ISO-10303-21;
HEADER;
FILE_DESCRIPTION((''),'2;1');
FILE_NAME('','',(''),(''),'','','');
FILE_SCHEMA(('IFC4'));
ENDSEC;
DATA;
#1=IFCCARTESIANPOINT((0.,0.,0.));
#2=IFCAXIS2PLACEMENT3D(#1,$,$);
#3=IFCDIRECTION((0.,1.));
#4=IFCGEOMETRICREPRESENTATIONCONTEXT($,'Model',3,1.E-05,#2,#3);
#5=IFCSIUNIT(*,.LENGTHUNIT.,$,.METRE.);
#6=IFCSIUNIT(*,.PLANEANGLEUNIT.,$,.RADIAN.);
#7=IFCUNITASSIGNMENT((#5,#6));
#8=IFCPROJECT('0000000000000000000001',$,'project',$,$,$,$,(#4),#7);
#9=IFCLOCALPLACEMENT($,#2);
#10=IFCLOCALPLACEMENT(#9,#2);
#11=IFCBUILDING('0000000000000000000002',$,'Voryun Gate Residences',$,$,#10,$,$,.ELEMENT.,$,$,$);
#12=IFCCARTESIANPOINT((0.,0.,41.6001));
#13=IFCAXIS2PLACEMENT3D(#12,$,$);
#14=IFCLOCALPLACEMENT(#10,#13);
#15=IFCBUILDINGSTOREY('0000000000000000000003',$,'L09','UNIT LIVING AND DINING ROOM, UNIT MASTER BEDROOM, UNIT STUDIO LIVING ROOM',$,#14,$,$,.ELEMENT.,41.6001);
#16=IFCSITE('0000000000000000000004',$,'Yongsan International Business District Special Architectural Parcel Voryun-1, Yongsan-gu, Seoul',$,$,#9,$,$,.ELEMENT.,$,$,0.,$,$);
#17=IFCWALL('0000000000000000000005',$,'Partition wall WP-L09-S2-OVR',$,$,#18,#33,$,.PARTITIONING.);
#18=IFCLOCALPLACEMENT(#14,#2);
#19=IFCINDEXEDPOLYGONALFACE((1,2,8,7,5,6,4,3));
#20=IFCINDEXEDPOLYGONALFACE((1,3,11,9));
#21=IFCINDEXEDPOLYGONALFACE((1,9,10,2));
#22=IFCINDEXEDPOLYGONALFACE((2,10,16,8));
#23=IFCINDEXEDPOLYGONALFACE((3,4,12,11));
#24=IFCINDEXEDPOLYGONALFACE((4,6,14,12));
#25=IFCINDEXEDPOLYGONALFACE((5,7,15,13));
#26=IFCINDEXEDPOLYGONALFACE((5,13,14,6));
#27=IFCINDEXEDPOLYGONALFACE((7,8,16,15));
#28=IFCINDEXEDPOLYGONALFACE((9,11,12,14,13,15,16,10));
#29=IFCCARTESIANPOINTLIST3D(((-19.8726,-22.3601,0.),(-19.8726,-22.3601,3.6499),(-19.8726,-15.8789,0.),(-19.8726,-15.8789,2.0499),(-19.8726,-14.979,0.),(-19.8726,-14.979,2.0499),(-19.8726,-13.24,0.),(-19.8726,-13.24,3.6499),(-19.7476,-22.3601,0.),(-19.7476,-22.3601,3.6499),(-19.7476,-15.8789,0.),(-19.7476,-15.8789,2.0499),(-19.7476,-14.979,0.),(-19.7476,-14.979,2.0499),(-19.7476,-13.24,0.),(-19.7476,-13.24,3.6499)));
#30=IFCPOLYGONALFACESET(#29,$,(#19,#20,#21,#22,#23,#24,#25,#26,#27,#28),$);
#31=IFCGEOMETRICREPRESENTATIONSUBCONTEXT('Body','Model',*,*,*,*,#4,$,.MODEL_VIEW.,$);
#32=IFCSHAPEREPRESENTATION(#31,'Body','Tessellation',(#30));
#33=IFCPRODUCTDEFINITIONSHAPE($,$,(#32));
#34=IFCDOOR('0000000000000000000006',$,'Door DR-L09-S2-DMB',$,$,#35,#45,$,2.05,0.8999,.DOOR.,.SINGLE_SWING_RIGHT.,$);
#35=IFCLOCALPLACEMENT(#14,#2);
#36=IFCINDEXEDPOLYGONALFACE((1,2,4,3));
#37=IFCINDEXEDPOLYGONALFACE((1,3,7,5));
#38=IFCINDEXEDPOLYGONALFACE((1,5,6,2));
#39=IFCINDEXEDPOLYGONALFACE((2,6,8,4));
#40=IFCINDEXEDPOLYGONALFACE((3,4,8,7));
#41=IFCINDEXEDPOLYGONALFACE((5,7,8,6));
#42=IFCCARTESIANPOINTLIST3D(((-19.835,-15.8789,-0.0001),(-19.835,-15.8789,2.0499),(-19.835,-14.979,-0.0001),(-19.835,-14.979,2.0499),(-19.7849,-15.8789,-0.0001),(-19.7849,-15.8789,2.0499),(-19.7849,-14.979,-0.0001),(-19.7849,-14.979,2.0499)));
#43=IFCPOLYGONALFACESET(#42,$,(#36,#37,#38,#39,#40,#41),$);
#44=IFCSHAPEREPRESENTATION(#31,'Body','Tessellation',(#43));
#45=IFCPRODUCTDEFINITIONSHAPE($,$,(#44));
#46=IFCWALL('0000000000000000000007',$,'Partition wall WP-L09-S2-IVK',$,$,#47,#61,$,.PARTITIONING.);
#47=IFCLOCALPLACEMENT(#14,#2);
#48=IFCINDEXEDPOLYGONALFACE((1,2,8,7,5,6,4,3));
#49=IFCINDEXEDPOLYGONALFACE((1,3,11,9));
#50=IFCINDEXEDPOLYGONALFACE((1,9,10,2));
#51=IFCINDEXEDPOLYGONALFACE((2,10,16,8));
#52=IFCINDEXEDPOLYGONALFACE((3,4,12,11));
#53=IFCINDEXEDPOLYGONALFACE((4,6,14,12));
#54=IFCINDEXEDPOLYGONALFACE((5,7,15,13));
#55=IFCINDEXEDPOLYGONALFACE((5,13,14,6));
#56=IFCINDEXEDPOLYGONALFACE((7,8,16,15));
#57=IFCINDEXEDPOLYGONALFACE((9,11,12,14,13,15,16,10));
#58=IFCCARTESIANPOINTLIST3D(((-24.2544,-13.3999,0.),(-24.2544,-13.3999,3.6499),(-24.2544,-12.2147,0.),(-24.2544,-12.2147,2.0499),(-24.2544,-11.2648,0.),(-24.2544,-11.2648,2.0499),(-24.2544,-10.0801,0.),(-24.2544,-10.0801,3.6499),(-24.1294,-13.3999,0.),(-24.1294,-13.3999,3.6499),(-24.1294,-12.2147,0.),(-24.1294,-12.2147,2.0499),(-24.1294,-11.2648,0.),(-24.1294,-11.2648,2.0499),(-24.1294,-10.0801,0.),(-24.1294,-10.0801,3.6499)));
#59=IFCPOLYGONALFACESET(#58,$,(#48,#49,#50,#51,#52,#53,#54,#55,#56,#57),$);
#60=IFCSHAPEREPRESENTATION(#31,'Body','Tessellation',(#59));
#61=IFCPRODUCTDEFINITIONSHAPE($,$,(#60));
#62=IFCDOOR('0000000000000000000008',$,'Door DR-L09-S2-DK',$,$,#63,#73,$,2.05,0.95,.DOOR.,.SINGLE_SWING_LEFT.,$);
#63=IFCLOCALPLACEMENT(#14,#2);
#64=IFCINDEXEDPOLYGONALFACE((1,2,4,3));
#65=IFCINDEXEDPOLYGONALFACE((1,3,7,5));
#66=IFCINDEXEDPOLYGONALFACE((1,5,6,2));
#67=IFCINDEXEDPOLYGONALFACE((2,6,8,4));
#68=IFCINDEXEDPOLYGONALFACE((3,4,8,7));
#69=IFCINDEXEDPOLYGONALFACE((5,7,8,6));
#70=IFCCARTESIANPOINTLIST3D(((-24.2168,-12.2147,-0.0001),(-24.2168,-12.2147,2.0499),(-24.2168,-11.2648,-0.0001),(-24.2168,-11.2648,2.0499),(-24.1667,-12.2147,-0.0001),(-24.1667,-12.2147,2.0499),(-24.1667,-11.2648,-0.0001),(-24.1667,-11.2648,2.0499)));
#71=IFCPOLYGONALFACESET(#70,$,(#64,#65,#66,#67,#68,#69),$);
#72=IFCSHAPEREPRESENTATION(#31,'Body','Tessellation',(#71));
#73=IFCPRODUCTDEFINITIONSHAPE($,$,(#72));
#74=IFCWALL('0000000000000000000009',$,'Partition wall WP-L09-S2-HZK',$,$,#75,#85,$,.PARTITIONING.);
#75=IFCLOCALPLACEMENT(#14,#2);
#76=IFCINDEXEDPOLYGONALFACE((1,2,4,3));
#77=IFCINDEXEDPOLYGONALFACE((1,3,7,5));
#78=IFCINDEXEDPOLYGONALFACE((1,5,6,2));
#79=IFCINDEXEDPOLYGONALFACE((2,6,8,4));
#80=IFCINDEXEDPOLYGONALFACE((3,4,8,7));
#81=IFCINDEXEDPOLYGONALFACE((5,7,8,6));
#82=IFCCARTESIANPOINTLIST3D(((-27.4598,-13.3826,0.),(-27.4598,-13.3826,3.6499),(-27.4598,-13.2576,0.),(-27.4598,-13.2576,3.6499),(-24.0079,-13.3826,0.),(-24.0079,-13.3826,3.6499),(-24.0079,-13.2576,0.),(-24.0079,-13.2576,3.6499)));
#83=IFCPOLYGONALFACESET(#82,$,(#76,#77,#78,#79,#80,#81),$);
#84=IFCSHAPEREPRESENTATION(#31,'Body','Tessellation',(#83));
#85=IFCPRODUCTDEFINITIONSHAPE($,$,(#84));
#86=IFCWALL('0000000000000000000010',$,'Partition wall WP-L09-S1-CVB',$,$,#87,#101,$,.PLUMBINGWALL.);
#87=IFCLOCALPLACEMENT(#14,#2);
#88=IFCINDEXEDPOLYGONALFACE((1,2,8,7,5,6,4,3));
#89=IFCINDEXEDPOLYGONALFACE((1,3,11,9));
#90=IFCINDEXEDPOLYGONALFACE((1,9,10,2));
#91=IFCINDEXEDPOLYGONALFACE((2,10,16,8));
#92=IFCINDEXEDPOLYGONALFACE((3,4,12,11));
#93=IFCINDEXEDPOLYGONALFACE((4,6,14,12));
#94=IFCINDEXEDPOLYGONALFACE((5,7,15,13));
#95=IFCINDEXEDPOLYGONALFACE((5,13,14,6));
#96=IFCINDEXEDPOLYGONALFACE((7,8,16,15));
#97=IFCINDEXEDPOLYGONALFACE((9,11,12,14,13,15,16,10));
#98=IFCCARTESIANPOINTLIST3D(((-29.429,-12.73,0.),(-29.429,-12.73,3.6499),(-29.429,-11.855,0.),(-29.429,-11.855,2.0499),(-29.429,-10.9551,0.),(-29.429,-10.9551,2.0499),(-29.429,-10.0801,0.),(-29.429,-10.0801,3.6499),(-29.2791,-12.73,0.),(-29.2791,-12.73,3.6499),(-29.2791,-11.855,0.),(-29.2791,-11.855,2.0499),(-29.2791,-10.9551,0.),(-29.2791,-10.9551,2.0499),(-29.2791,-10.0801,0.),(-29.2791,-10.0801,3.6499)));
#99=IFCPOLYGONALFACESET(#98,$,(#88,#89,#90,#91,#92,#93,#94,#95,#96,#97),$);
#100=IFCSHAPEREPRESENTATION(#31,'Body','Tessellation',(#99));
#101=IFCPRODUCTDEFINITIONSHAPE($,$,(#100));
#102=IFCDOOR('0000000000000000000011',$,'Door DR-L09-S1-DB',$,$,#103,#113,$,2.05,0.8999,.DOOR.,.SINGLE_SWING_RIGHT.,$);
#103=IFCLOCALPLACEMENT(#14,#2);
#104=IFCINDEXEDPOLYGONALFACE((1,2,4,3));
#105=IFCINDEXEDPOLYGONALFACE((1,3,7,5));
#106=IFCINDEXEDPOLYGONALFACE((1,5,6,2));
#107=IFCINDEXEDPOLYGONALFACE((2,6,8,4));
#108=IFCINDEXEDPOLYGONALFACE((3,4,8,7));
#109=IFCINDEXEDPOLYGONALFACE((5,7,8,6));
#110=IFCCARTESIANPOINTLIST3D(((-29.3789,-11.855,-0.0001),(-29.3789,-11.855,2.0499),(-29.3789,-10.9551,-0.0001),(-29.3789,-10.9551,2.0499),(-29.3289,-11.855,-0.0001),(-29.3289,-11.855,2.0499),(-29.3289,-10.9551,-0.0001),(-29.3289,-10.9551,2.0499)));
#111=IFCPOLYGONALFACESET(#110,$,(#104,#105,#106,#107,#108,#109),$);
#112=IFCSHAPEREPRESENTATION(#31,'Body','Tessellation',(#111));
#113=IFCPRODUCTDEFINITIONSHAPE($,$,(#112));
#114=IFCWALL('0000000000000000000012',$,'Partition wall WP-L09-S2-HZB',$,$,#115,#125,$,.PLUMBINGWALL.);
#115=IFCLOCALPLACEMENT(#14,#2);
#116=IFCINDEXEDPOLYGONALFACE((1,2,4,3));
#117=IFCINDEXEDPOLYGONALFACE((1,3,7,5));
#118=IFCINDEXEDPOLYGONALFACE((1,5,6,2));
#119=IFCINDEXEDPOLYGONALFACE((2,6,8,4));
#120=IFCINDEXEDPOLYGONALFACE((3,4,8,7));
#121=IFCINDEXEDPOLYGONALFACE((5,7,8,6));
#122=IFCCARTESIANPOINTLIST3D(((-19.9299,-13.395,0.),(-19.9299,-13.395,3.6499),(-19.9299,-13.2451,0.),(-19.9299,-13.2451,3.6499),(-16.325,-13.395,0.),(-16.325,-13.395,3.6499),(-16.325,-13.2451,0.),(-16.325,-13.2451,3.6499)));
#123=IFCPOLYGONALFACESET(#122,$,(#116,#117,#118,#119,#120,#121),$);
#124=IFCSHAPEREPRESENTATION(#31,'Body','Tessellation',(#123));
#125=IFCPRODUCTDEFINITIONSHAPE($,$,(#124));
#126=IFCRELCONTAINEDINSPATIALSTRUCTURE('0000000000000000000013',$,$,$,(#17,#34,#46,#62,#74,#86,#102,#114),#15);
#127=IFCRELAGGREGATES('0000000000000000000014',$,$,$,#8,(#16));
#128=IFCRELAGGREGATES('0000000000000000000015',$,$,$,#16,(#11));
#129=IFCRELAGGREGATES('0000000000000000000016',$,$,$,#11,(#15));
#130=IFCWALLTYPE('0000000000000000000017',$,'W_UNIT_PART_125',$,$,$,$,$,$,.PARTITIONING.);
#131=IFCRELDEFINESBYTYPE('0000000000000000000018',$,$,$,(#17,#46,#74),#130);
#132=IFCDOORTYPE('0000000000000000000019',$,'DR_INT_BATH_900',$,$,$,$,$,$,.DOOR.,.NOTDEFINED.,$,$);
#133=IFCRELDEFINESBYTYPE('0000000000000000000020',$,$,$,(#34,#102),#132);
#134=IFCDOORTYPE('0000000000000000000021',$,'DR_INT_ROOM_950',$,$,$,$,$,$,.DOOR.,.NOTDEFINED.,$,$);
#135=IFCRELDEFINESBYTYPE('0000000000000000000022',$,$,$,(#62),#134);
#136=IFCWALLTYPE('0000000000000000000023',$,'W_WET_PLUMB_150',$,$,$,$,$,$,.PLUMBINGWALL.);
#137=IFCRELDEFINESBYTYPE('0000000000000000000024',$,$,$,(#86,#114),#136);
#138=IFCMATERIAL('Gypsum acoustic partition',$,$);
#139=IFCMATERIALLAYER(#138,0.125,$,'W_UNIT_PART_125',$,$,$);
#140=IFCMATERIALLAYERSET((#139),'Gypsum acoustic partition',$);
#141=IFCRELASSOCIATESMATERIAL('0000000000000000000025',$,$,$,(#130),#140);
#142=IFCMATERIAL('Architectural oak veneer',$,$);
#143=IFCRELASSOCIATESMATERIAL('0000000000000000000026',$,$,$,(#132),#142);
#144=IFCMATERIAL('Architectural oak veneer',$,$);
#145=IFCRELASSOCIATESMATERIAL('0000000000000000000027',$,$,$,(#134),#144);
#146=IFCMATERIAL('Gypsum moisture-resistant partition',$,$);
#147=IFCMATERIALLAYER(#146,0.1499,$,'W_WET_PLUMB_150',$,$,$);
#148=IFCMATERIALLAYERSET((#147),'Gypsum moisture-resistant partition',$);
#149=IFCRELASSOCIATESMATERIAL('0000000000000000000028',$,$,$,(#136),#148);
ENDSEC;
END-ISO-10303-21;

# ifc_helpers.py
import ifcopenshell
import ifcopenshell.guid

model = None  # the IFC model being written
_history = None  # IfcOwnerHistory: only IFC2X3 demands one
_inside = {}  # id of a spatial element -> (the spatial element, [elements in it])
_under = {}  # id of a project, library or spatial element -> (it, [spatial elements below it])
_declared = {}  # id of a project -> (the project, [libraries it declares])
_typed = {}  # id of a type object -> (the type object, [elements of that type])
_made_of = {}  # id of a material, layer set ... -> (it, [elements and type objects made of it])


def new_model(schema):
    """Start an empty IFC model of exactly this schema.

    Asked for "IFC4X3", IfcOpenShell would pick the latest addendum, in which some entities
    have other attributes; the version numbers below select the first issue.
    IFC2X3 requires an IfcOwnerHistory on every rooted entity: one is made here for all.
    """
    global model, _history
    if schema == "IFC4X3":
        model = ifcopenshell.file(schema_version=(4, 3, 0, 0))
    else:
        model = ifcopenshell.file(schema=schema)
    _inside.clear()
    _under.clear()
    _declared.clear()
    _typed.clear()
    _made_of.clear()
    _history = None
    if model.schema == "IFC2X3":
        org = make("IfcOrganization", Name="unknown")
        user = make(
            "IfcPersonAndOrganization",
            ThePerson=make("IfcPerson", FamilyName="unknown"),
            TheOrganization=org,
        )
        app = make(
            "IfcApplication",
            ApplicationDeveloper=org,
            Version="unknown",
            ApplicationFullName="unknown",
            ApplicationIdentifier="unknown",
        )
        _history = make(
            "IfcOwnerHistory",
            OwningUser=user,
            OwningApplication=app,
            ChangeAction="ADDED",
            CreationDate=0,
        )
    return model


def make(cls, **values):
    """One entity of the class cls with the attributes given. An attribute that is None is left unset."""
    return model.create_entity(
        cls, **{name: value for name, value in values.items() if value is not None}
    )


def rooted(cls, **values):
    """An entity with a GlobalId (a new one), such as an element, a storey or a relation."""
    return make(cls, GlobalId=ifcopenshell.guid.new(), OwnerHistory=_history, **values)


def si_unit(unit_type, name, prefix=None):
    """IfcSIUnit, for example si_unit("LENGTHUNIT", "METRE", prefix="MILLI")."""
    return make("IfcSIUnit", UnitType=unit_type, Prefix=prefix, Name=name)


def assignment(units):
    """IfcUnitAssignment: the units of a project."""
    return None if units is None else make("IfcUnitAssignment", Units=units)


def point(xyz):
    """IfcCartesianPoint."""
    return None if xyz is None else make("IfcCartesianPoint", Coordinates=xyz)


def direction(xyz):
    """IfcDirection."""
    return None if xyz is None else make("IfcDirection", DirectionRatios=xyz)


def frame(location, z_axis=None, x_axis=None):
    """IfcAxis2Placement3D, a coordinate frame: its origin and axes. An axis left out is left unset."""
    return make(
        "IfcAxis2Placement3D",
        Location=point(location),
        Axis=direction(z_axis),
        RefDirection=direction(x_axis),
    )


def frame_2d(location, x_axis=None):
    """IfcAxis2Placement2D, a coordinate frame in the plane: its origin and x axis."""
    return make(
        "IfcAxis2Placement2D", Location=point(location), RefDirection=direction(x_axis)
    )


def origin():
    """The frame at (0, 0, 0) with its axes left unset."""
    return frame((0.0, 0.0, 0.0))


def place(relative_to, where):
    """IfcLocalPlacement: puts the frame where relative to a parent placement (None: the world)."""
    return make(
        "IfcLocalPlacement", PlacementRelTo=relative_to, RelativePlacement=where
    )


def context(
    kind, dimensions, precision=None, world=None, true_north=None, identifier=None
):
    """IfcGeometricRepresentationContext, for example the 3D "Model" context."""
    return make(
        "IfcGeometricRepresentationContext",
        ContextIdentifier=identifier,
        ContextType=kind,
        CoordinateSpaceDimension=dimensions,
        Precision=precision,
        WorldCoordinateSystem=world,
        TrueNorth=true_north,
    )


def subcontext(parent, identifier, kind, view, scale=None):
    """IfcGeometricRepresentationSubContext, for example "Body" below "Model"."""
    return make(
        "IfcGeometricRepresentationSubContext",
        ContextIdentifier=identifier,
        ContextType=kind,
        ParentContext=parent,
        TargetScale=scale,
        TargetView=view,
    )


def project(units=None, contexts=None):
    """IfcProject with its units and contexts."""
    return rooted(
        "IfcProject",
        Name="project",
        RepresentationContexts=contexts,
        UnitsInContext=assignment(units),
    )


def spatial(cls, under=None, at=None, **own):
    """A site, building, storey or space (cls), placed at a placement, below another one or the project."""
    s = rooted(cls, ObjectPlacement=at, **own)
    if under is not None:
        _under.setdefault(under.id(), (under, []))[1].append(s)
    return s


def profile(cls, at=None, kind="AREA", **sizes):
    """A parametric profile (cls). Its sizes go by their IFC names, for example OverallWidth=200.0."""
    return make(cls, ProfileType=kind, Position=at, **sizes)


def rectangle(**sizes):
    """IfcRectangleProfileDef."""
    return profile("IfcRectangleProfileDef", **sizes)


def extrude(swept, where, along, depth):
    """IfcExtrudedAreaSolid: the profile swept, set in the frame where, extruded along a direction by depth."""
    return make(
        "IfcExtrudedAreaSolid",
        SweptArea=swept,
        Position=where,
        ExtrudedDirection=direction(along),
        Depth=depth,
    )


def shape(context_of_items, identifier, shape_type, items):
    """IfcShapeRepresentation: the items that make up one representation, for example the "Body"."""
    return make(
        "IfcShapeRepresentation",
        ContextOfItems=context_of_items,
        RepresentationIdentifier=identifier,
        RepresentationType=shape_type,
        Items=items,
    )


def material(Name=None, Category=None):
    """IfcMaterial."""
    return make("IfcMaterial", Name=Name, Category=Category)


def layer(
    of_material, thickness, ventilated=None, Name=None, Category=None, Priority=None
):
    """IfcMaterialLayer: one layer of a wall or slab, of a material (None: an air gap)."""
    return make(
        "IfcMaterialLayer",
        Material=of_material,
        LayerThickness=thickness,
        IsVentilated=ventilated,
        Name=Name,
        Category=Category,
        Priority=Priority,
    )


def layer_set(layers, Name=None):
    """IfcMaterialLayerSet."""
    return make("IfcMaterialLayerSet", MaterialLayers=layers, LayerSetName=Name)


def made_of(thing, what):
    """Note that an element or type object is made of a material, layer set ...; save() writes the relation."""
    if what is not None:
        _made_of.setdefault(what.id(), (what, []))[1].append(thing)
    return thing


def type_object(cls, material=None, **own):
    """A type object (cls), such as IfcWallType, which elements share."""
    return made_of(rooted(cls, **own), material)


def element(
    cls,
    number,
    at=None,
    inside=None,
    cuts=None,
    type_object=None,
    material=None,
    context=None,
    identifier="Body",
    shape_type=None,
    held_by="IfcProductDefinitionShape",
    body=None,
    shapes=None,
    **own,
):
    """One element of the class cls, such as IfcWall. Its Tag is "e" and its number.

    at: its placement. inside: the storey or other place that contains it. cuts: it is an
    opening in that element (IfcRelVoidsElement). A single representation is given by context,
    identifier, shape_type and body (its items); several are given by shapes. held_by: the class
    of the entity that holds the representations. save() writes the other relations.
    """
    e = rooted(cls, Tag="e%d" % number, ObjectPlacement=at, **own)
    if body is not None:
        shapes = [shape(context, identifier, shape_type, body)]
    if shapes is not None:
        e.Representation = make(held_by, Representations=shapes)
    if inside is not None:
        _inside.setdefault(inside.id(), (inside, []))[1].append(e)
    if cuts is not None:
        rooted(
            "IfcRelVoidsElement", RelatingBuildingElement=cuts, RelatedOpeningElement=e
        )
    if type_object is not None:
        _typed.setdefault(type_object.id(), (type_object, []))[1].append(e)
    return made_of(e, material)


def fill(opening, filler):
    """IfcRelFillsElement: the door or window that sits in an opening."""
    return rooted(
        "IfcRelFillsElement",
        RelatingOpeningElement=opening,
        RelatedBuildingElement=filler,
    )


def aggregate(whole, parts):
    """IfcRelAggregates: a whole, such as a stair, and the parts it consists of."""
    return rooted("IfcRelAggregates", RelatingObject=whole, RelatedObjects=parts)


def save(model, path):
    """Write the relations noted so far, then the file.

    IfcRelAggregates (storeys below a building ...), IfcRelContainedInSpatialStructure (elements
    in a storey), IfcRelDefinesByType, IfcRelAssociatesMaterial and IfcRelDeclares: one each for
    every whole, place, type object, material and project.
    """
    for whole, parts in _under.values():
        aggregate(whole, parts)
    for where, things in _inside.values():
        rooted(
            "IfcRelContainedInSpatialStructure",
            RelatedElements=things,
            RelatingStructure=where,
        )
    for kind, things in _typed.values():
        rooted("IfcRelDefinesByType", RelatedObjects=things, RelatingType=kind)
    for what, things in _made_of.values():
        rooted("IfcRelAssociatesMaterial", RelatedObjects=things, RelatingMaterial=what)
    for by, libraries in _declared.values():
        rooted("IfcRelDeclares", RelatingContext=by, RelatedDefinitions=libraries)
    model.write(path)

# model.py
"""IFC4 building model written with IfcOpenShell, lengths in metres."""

from ifc_helpers import new_model, si_unit, direction, frame, frame_2d, origin, place, context, subcontext, project, spatial, rectangle, extrude, material, layer, layer_set, type_object, element, fill, save


model = new_model("IFC4")

# Units and contexts
model_context = context("Model", 3, precision=1e-05, world=origin(), true_north=direction((0.0, 1.0)))
body_context = subcontext(model_context, "Body", "Model", "MODEL_VIEW")
ifc_project = project(units=[si_unit("LENGTHUNIT", "METRE"), si_unit("PLANEANGLEUNIT", "RADIAN")], contexts=[model_context])

# Site, building, storey
site_placement = place(None, origin())
site = spatial("IfcSite", under=ifc_project, at=site_placement, Name="Yongsan International Business District Special Architectural Parcel Voryun-1, Yongsan-gu, Seoul", CompositionType="ELEMENT", RefElevation=0.0)
building_placement = place(site_placement, origin())
building = spatial("IfcBuilding", under=site, at=building_placement, Name="Voryun Gate Residences", CompositionType="ELEMENT")
storey_placement = place(building_placement, frame((0.0, 0.0, 41.6001)))
storey = spatial("IfcBuildingStorey", under=building, at=storey_placement, Name="L09", Description="UNIT LIVING AND DINING ROOM, UNIT MASTER BEDROOM, UNIT STUDIO LIVING ROOM", CompositionType="ELEMENT", Elevation=41.6001)

# Walls, openings, doors
ifc_material_1 = material(Name="Gypsum acoustic partition")
ifc_layer_1 = layer(ifc_material_1, 0.125, Name="W_UNIT_PART_125")
ifc_layer_set_1 = layer_set([ifc_layer_1], Name="Gypsum acoustic partition")
wall_type_1 = type_object("IfcWallType", Name="W_UNIT_PART_125", PredefinedType="PARTITIONING", material=ifc_layer_set_1)
ifc_material_2 = material(Name="Architectural oak veneer")
door_type_1 = type_object("IfcDoorType", Name="DR_INT_BATH_900", OperationType="NOTDEFINED", PredefinedType="DOOR", material=ifc_material_2)
ifc_material_3 = material(Name="Architectural oak veneer")
door_type_2 = type_object("IfcDoorType", Name="DR_INT_ROOM_950", OperationType="NOTDEFINED", PredefinedType="DOOR", material=ifc_material_3)
wall_1_placement = place(storey_placement, frame((-19.8101, -22.3601, 0.0), z_axis=(0.0, 0.0, 1.0), x_axis=(0.0, 1.0, 0.0)))
wall_1 = element("IfcWall", 1, at=wall_1_placement, inside=storey, type_object=wall_type_1, Name="Partition wall WP-L09-S2-OVR", PredefinedType="PARTITIONING", context=body_context, shape_type="SweptSolid", body=[
    extrude(rectangle(XDim=9.1201, YDim=0.125, at=frame_2d((4.5601, 0.0))), origin(), (0.0, 0.0, 1.0), 3.6499),
])
opening_1_placement = place(wall_1_placement, frame((6.4812, 0.0, 0.0)))
opening_1 = element("IfcOpeningElement", 2, at=opening_1_placement, cuts=wall_1, PredefinedType="OPENING", context=body_context, shape_type="SweptSolid", body=[
    extrude(rectangle(XDim=0.8999, YDim=2.05, at=frame_2d((0.45, 1.0249))), frame((0.0, 0.0725, 0.0), z_axis=(0.0, -1.0, 0.0), x_axis=(1.0, 0.0, 0.0)), (0.0, 0.0, 1.0), 0.145),
])
door_1_placement = place(opening_1_placement, origin())
door_1 = element("IfcDoor", 3, at=door_1_placement, inside=storey, type_object=door_type_1, Name="Door DR-L09-S2-DMB", OperationType="SINGLE_SWING_RIGHT", OverallHeight=2.05, OverallWidth=0.8999, PredefinedType="DOOR", context=body_context, shape_type="SweptSolid", body=[
    extrude(rectangle(XDim=0.8999, YDim=2.05, at=frame_2d((0.45, 1.0249))), frame((0.0, 0.0249, 0.0), z_axis=(0.0, -1.0, 0.0), x_axis=(1.0, 0.0, 0.0)), (0.0, 0.0, 1.0), 0.05),
])
fill(opening_1, door_1)
wall_2_placement = place(storey_placement, frame((-24.1919, -13.3999, 0.0), z_axis=(0.0, 0.0, 1.0), x_axis=(0.0, 1.0, 0.0)))
wall_2 = element("IfcWall", 4, at=wall_2_placement, inside=storey, type_object=wall_type_1, Name="Partition wall WP-L09-S2-IVK", PredefinedType="PARTITIONING", context=body_context, shape_type="SweptSolid", body=[
    extrude(rectangle(XDim=3.3198, YDim=0.125, at=frame_2d((1.6599, 0.0))), origin(), (0.0, 0.0, 1.0), 3.6499),
])
opening_2_placement = place(wall_2_placement, frame((1.1851, 0.0, 0.0)))
opening_2 = element("IfcOpeningElement", 5, at=opening_2_placement, cuts=wall_2, PredefinedType="OPENING", context=body_context, shape_type="SweptSolid", body=[
    extrude(rectangle(XDim=0.95, YDim=2.05, at=frame_2d((0.4751, 1.0249))), frame((0.0, 0.0725, 0.0), z_axis=(0.0, -1.0, 0.0), x_axis=(1.0, 0.0, 0.0)), (0.0, 0.0, 1.0), 0.145),
])
door_2_placement = place(opening_2_placement, origin())
door_2 = element("IfcDoor", 6, at=door_2_placement, inside=storey, type_object=door_type_2, Name="Door DR-L09-S2-DK", OperationType="SINGLE_SWING_LEFT", OverallHeight=2.05, OverallWidth=0.95, PredefinedType="DOOR", context=body_context, shape_type="SweptSolid", body=[
    extrude(rectangle(XDim=0.95, YDim=2.05, at=frame_2d((0.4751, 1.0249))), frame((0.0, 0.0249, 0.0), z_axis=(0.0, -1.0, 0.0), x_axis=(1.0, 0.0, 0.0)), (0.0, 0.0, 1.0), 0.05),
])
fill(opening_2, door_2)

# Wall
wall_3_placement = place(storey_placement, frame((-27.46, -13.3201, 0.0), z_axis=(0.0, 0.0, 1.0), x_axis=(1.0, 0.0, 0.0)))
element("IfcWall", 7, at=wall_3_placement, inside=storey, type_object=wall_type_1, Name="Partition wall WP-L09-S2-HZK", PredefinedType="PARTITIONING", context=body_context, shape_type="SweptSolid", body=[
    extrude(rectangle(XDim=3.4519, YDim=0.125, at=frame_2d((1.7261, 0.0))), origin(), (0.0, 0.0, 1.0), 3.6499),
])

# Wall, opening, door
ifc_material_4 = material(Name="Gypsum moisture-resistant partition")
ifc_layer_2 = layer(ifc_material_4, 0.1499, Name="W_WET_PLUMB_150")
ifc_layer_set_2 = layer_set([ifc_layer_2], Name="Gypsum moisture-resistant partition")
wall_type_2 = type_object("IfcWallType", Name="W_WET_PLUMB_150", PredefinedType="PLUMBINGWALL", material=ifc_layer_set_2)
wall_4_placement = place(storey_placement, frame((-29.354, -12.73, 0.0), z_axis=(0.0, 0.0, 1.0), x_axis=(0.0, 1.0, 0.0)))
wall_4 = element("IfcWall", 8, at=wall_4_placement, inside=storey, type_object=wall_type_2, Name="Partition wall WP-L09-S1-CVB", PredefinedType="PLUMBINGWALL", context=body_context, shape_type="SweptSolid", body=[
    extrude(rectangle(XDim=2.6499, YDim=0.1499, at=frame_2d((1.325, 0.0))), origin(), (0.0, 0.0, 1.0), 3.6499),
])
opening_3_placement = place(wall_4_placement, frame((0.875, 0.0, 0.0)))
opening_3 = element("IfcOpeningElement", 9, at=opening_3_placement, cuts=wall_4, PredefinedType="OPENING", context=body_context, shape_type="SweptSolid", body=[
    extrude(rectangle(XDim=0.8999, YDim=2.05, at=frame_2d((0.45, 1.0249))), frame((0.0, 0.085, 0.0), z_axis=(0.0, -1.0, 0.0), x_axis=(1.0, 0.0, 0.0)), (0.0, 0.0, 1.0), 0.1699),
])
door_3_placement = place(opening_3_placement, origin())
door_3 = element("IfcDoor", 10, at=door_3_placement, inside=storey, type_object=door_type_1, Name="Door DR-L09-S1-DB", OperationType="SINGLE_SWING_RIGHT", OverallHeight=2.05, OverallWidth=0.8999, PredefinedType="DOOR", context=body_context, shape_type="SweptSolid", body=[
    extrude(rectangle(XDim=0.8999, YDim=2.05, at=frame_2d((0.45, 1.0249))), frame((0.0, 0.0249, 0.0), z_axis=(0.0, -1.0, 0.0), x_axis=(1.0, 0.0, 0.0)), (0.0, 0.0, 1.0), 0.05),
])
fill(opening_3, door_3)

# Wall
wall_5_placement = place(storey_placement, frame((-19.9299, -13.3201, 0.0), z_axis=(0.0, 0.0, 1.0), x_axis=(1.0, 0.0, 0.0)))
element("IfcWall", 11, at=wall_5_placement, inside=storey, type_object=wall_type_2, Name="Partition wall WP-L09-S2-HZB", PredefinedType="PLUMBINGWALL", context=body_context, shape_type="SweptSolid", body=[
    extrude(rectangle(XDim=3.605, YDim=0.1499, at=frame_2d((1.8025, 0.0))), origin(), (0.0, 0.0, 1.0), 3.6499),
])

save(model, "model.ifc")
